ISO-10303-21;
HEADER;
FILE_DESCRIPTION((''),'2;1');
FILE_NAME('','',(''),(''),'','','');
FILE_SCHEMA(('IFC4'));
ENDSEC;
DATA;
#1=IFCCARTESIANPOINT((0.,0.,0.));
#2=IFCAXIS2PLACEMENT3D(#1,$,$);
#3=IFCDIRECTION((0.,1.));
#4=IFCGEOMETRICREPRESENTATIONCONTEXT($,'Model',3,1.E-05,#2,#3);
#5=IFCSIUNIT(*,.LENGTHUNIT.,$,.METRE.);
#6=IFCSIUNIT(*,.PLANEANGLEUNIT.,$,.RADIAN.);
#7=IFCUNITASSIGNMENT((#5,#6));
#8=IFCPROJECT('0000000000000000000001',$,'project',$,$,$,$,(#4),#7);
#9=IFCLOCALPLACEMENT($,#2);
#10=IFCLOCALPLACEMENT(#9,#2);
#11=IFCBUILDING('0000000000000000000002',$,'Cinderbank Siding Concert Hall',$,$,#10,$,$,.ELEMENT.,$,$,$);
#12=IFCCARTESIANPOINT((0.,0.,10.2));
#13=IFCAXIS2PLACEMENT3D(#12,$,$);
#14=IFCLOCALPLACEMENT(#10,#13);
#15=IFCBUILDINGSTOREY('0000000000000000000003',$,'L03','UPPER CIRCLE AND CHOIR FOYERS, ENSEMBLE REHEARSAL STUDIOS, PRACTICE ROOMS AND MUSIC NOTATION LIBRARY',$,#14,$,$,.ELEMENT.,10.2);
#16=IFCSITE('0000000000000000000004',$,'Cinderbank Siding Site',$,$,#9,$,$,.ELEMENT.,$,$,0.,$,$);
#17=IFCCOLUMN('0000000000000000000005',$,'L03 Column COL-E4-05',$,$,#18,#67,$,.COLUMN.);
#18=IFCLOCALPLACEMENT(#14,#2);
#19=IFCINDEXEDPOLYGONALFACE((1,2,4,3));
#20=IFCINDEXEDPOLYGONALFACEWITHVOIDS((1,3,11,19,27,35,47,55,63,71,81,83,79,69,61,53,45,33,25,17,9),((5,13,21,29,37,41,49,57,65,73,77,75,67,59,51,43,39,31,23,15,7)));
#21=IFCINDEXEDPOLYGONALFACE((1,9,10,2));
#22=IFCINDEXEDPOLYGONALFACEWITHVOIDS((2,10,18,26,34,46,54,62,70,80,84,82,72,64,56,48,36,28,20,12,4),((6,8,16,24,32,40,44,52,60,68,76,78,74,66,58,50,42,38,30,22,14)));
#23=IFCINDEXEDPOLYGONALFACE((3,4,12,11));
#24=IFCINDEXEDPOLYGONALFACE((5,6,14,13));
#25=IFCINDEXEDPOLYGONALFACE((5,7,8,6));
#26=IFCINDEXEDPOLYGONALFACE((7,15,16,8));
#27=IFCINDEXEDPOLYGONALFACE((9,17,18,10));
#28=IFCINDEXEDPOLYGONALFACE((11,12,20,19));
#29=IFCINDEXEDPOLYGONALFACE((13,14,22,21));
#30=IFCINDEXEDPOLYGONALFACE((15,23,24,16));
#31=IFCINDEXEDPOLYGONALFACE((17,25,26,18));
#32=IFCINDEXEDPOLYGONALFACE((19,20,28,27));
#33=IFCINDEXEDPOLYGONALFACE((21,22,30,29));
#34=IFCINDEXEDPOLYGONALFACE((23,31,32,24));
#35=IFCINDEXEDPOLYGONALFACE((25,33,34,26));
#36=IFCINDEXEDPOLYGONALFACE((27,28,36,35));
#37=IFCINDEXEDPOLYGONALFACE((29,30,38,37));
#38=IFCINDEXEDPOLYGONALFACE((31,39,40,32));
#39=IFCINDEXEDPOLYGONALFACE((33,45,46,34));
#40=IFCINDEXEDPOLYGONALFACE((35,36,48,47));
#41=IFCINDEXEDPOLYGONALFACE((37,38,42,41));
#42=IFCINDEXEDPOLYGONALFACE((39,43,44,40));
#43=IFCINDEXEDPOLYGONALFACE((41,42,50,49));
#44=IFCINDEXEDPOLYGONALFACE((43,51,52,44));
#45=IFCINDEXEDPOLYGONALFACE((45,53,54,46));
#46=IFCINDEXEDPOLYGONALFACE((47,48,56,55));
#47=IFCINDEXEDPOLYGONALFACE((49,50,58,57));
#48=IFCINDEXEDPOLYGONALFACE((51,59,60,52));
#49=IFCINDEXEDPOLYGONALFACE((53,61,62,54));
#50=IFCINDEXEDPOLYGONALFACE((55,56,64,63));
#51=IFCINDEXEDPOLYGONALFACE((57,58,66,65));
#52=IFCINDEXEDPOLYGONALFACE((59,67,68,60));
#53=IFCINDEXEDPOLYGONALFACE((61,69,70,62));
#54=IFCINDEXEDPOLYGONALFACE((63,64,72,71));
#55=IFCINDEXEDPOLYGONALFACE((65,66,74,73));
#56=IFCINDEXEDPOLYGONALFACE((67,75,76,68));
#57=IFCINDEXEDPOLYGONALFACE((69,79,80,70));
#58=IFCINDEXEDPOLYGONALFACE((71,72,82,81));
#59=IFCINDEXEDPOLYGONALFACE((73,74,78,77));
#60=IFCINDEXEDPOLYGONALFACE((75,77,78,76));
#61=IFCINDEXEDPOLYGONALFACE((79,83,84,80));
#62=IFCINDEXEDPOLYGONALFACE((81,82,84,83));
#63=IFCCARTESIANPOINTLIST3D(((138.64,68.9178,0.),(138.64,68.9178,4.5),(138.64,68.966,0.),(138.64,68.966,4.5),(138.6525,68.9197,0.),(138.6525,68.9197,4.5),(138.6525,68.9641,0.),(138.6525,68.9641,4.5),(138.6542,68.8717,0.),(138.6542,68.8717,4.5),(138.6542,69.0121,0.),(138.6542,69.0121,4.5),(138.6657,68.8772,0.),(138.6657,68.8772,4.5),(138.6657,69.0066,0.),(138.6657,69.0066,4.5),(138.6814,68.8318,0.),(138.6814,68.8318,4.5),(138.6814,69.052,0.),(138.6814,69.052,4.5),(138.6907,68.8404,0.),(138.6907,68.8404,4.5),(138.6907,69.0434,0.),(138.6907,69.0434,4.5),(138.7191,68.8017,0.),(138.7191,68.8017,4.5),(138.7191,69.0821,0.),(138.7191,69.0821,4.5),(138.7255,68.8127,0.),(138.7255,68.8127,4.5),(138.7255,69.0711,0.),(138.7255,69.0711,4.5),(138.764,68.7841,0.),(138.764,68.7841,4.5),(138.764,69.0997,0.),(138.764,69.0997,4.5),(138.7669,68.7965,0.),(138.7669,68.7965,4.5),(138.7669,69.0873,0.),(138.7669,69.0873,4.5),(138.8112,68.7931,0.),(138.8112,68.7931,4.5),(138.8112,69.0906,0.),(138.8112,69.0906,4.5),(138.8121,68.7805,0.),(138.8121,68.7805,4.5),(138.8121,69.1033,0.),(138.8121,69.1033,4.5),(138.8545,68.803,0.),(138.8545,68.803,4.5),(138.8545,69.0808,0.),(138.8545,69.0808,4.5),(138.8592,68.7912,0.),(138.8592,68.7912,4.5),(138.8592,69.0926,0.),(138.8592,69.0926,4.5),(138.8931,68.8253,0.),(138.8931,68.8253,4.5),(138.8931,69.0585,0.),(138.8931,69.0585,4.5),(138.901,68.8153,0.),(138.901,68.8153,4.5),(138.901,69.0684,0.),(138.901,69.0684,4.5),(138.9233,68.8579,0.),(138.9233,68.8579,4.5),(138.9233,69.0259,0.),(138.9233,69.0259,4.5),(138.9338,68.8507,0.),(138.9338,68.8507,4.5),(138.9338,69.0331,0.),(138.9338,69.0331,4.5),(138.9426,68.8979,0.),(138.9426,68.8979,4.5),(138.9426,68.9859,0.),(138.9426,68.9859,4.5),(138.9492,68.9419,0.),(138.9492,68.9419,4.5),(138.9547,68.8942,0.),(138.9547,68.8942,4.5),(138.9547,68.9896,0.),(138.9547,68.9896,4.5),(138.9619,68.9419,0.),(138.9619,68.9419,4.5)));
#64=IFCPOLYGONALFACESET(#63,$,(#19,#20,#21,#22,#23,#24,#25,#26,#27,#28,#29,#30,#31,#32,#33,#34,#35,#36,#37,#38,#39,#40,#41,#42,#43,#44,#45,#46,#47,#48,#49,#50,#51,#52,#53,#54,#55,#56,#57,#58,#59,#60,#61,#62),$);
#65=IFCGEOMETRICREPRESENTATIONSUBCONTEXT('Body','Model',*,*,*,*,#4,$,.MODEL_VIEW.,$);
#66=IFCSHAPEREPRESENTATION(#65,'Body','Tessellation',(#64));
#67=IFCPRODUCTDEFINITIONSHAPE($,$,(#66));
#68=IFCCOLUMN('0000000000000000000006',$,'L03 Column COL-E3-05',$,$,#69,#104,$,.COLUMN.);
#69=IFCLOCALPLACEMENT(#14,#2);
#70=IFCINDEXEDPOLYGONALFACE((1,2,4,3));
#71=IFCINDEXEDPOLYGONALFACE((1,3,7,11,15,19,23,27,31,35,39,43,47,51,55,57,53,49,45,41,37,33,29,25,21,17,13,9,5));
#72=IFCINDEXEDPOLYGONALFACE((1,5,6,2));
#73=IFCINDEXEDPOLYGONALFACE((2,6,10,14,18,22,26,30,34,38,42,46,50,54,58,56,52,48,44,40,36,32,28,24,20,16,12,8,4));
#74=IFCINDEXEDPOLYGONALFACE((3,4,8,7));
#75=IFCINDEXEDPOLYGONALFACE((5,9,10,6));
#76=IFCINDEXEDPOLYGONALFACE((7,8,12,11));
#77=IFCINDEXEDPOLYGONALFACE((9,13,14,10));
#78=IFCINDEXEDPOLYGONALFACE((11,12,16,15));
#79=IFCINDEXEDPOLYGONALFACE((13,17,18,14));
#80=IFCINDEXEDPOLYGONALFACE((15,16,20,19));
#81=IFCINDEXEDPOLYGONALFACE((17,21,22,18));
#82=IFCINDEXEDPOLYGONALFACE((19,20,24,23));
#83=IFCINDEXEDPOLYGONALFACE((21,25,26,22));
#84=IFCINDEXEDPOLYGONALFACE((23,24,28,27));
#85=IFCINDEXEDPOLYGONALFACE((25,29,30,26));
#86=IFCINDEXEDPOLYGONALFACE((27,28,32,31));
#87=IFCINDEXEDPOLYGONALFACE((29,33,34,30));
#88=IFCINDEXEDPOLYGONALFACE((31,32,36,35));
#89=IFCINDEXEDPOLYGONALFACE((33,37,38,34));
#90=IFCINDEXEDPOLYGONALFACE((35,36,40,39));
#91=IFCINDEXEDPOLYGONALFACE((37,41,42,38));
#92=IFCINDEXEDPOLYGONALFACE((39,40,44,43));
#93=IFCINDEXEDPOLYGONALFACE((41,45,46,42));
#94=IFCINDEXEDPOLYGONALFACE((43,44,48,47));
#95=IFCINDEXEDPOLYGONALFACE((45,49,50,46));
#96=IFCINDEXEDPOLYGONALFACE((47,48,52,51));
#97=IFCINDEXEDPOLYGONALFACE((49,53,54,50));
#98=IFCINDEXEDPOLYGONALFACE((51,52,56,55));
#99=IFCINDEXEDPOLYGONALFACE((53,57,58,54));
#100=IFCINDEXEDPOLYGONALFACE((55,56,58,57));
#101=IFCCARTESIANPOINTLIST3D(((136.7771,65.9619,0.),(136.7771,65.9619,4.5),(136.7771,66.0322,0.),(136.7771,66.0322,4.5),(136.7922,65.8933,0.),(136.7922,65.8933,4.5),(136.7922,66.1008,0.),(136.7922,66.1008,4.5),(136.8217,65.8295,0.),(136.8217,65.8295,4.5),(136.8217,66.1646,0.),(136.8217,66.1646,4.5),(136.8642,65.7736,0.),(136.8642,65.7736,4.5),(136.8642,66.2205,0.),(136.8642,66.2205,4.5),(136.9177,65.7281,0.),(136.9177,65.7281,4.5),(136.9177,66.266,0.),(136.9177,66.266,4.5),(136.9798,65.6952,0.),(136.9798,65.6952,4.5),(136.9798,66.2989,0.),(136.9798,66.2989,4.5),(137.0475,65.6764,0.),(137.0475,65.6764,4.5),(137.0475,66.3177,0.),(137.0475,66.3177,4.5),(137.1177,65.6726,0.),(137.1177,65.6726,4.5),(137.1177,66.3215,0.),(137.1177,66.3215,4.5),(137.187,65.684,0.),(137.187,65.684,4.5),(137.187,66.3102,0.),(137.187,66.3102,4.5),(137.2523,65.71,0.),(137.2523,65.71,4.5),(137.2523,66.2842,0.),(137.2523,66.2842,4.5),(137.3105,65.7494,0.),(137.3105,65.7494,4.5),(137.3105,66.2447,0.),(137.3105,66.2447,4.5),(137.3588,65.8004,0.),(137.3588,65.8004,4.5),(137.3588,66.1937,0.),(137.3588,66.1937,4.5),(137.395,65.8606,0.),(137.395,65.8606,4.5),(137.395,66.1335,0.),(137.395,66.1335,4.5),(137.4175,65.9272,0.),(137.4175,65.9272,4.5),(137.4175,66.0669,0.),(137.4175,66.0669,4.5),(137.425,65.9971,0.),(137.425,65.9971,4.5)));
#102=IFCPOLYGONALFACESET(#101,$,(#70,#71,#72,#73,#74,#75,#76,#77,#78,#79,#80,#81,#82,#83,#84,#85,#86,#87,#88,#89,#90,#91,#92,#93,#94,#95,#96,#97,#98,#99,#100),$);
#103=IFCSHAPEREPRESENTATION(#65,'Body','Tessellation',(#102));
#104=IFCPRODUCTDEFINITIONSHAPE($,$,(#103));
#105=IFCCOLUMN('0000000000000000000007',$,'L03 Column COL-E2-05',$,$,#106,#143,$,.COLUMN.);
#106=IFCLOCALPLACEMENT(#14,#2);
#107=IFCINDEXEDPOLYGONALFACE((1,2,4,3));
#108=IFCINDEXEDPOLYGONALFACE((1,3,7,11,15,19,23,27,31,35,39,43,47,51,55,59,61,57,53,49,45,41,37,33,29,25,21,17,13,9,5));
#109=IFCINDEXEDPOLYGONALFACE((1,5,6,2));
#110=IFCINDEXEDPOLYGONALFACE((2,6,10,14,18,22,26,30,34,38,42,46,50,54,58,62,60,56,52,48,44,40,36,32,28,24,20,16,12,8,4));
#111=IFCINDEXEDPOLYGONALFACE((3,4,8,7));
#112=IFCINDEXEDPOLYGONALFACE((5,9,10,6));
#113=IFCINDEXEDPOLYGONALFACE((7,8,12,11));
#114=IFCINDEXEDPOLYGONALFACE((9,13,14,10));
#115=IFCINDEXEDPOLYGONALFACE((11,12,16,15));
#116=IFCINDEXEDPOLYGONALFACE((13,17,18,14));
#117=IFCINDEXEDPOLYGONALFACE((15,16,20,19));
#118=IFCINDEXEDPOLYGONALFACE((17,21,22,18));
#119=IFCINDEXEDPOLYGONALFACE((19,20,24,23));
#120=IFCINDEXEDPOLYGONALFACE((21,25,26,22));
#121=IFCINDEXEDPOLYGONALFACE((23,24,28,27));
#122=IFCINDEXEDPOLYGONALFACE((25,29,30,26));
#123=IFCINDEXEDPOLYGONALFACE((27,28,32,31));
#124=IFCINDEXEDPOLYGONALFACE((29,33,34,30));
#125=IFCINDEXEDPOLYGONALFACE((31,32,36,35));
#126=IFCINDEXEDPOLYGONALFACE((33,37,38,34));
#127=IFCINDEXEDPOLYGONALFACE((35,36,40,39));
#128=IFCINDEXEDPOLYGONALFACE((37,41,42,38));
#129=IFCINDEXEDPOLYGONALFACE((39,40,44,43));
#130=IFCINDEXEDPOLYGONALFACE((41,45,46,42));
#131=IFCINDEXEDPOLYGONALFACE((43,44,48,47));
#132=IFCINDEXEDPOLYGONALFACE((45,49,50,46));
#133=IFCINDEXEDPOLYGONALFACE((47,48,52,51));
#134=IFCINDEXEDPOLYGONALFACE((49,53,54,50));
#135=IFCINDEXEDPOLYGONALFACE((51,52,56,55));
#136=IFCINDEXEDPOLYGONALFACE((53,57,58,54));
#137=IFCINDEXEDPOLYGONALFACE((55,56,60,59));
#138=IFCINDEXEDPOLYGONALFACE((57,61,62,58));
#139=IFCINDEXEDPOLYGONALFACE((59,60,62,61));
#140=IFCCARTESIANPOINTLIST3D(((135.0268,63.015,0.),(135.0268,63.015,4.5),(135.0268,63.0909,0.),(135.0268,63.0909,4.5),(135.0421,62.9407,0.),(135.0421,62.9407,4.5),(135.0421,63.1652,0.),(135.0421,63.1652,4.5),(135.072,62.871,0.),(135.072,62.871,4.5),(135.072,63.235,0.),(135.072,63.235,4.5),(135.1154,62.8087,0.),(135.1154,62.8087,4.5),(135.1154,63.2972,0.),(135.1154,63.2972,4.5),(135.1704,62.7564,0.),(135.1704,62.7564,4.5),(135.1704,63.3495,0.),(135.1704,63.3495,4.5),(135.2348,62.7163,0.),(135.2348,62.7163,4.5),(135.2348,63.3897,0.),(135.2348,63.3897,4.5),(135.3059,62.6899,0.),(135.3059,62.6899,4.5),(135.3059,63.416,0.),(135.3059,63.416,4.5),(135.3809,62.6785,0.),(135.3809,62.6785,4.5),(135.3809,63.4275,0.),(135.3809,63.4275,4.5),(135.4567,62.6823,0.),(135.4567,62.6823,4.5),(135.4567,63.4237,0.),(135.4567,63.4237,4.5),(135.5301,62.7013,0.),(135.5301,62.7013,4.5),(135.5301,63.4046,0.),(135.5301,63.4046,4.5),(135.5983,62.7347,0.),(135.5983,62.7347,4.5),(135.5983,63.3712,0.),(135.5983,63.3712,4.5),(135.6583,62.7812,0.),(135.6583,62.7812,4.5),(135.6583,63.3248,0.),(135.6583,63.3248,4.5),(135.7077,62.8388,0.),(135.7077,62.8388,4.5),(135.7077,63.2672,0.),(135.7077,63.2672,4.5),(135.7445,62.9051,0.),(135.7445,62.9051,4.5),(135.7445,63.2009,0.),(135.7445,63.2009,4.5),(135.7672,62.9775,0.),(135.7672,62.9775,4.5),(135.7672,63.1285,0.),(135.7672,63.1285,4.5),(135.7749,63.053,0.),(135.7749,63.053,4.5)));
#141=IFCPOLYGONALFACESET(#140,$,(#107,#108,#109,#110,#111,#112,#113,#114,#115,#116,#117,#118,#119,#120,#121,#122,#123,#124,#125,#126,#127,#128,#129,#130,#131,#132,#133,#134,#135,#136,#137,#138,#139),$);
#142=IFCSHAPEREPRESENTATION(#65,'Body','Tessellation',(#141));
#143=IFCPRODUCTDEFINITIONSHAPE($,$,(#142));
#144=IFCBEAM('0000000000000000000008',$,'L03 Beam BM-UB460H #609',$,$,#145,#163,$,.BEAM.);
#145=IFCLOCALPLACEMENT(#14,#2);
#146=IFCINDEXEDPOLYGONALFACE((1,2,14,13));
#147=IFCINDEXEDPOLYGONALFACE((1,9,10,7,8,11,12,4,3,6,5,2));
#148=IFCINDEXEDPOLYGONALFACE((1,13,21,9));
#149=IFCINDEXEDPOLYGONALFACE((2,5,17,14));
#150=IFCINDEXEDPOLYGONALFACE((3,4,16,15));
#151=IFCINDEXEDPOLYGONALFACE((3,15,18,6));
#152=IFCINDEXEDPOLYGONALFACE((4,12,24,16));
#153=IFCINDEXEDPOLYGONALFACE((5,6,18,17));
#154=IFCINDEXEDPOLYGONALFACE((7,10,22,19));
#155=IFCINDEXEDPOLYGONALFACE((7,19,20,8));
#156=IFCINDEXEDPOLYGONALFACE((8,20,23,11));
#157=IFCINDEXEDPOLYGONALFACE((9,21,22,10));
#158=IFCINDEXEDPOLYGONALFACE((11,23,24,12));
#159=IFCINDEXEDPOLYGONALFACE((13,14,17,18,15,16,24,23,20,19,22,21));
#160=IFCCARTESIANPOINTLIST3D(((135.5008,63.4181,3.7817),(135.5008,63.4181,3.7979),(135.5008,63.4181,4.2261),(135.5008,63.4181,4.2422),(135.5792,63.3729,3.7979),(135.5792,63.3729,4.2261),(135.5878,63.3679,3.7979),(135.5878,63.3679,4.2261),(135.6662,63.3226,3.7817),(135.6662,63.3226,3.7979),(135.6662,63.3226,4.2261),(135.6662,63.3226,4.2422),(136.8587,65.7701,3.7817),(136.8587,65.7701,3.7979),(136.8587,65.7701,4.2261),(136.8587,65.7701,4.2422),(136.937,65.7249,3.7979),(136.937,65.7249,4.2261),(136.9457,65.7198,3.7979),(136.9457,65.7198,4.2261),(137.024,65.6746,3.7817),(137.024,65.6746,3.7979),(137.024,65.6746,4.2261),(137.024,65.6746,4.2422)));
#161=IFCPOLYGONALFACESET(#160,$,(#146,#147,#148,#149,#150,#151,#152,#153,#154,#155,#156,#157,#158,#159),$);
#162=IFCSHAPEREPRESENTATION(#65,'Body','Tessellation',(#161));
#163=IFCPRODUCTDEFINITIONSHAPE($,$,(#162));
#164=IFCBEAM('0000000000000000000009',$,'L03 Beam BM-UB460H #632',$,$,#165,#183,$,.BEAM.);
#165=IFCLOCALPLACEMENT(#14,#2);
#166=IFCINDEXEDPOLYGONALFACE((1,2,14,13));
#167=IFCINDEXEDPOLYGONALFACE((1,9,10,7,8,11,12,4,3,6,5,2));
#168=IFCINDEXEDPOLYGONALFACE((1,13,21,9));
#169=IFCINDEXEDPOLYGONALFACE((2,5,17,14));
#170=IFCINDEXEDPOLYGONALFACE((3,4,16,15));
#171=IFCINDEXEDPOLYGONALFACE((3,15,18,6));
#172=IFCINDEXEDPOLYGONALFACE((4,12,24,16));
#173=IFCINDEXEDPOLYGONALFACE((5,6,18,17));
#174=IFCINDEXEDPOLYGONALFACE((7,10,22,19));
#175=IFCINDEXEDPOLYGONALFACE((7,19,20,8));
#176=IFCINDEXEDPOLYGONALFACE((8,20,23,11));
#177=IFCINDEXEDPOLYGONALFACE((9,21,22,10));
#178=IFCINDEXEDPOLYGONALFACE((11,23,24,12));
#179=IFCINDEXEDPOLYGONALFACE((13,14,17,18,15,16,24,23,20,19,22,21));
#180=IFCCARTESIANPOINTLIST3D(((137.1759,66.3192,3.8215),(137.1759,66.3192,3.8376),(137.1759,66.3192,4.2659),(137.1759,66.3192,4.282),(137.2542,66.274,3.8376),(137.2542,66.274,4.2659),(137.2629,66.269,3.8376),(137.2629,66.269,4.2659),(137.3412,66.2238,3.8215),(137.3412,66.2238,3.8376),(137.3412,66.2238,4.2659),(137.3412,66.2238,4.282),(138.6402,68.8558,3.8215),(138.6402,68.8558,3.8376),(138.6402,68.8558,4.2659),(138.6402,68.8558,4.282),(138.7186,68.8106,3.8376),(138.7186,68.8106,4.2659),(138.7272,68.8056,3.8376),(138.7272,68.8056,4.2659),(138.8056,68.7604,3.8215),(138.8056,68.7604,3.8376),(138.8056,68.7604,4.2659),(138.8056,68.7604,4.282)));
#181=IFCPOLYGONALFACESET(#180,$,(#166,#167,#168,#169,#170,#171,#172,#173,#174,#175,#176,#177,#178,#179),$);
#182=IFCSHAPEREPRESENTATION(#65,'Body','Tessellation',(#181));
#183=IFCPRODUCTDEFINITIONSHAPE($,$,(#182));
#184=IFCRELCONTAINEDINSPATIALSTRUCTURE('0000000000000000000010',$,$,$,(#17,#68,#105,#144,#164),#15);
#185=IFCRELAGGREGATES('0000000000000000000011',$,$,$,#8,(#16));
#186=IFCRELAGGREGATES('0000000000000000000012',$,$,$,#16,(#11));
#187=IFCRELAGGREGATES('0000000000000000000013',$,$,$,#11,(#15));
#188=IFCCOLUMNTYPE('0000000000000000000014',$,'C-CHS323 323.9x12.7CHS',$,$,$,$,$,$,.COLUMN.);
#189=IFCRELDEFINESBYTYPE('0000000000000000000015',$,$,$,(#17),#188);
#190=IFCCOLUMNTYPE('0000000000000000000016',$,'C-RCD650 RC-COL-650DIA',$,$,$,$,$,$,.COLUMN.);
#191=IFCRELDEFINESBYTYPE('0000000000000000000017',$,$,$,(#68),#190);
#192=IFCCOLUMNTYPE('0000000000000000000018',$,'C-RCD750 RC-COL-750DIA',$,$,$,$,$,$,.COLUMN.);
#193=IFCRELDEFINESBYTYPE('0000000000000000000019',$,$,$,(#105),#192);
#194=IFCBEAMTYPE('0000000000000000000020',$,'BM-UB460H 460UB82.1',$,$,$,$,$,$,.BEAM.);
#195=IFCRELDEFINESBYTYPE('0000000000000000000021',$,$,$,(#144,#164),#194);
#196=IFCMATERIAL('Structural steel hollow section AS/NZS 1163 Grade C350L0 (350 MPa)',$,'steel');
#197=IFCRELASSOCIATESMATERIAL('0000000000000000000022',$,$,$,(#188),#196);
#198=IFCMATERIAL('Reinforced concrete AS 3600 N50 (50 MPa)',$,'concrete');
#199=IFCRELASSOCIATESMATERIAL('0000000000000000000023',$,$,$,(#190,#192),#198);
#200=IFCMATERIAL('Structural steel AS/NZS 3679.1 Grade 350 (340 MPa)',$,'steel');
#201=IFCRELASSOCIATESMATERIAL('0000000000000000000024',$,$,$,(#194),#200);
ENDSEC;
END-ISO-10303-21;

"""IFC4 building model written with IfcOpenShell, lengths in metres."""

from ifc_helpers import new_model, si_unit, direction, frame, origin, origin_2d, place, context, subcontext, project, spatial, circle, hollow_circle, i_section, extrude, material, material_profile, profile_set, type_object, element, save


model = new_model("IFC4")

# Units and contexts
model_context = context("Model", 3, precision=1e-05, world=origin(), true_north=direction((0.0, 1.0)))
body_context = subcontext(model_context, "Body", "Model", "MODEL_VIEW")
ifc_project = project(units=[si_unit("LENGTHUNIT", "METRE"), si_unit("PLANEANGLEUNIT", "RADIAN")], contexts=[model_context])

# Site, building, storey
site_placement = place(None, origin())
site = spatial("IfcSite", under=ifc_project, at=site_placement, Name="Cinderbank Siding Site", CompositionType="ELEMENT", RefElevation=0.0)
building_placement = place(site_placement, origin())
building = spatial("IfcBuilding", under=site, at=building_placement, Name="Cinderbank Siding Concert Hall", CompositionType="ELEMENT")
storey_placement = place(building_placement, frame((0.0, 0.0, 10.2)))
storey = spatial("IfcBuildingStorey", under=building, at=storey_placement, Name="L03", Description="UPPER CIRCLE AND CHOIR FOYERS, ENSEMBLE REHEARSAL STUDIOS, PRACTICE ROOMS AND MUSIC NOTATION LIBRARY", CompositionType="ELEMENT", Elevation=10.2)

# Columns
ifc_material_1 = material(Name="Structural steel hollow section AS/NZS 1163 Grade C350L0 (350 MPa)", Category="steel")
ifc_material_profile_1 = material_profile(ifc_material_1, hollow_circle(Radius=0.1619, WallThickness=0.0127, at=origin_2d()), Name="323.9x12.7CHS", Category="LoadBearing")
ifc_profile_set_1 = profile_set([ifc_material_profile_1], Name="Structural steel hollow section AS/NZS 1163 Grade C350L0 (350 MPa)")
column_type_1 = type_object("IfcColumnType", Name="C-CHS323 323.9x12.7CHS", PredefinedType="COLUMN", material=ifc_profile_set_1)
column_1_placement = place(storey_placement, frame((138.8, 68.9419, 0.0), z_axis=(0.0, 0.0, 1.0), x_axis=(1.0, 0.0, 0.0)))
element("IfcColumn", 1, at=column_1_placement, inside=storey, type_object=column_type_1, Name="L03 Column COL-E4-05", PredefinedType="COLUMN", context=body_context, shape_type="SweptSolid", body=[
    extrude(hollow_circle(Radius=0.1619, WallThickness=0.0127, at=origin_2d()), origin(), (0.0, 0.0, 1.0), 4.5),
])
ifc_material_2 = material(Name="Reinforced concrete AS 3600 N50 (50 MPa)", Category="concrete")
ifc_material_profile_2 = material_profile(ifc_material_2, circle(Radius=0.325, at=origin_2d()), Name="RC-COL-650DIA", Category="LoadBearing")
ifc_profile_set_2 = profile_set([ifc_material_profile_2], Name="Reinforced concrete AS 3600 N50 (50 MPa)")
column_type_2 = type_object("IfcColumnType", Name="C-RCD650 RC-COL-650DIA", PredefinedType="COLUMN", material=ifc_profile_set_2)
column_2_placement = place(storey_placement, frame((137.1001, 65.9971, 0.0), z_axis=(0.0, 0.0, 1.0), x_axis=(1.0, 0.0, 0.0)))
element("IfcColumn", 2, at=column_2_placement, inside=storey, type_object=column_type_2, Name="L03 Column COL-E3-05", PredefinedType="COLUMN", context=body_context, shape_type="SweptSolid", body=[
    extrude(circle(Radius=0.325, at=origin_2d()), origin(), (0.0, 0.0, 1.0), 4.5),
])
ifc_material_profile_3 = material_profile(ifc_material_2, circle(Radius=0.375, at=origin_2d()), Name="RC-COL-750DIA", Category="LoadBearing")
ifc_profile_set_3 = profile_set([ifc_material_profile_3], Name="Reinforced concrete AS 3600 N50 (50 MPa)")
column_type_3 = type_object("IfcColumnType", Name="C-RCD750 RC-COL-750DIA", PredefinedType="COLUMN", material=ifc_profile_set_3)
column_3_placement = place(storey_placement, frame((135.3999, 63.053, 0.0), z_axis=(0.0, 0.0, 1.0), x_axis=(1.0, 0.0, 0.0)))
element("IfcColumn", 3, at=column_3_placement, inside=storey, type_object=column_type_3, Name="L03 Column COL-E2-05", PredefinedType="COLUMN", context=body_context, shape_type="SweptSolid", body=[
    extrude(circle(Radius=0.375, at=origin_2d()), origin(), (0.0, 0.0, 1.0), 4.5),
])

# Beams
ifc_material_3 = material(Name="Structural steel AS/NZS 3679.1 Grade 350 (340 MPa)", Category="steel")
ifc_material_profile_4 = material_profile(ifc_material_3, i_section(OverallWidth=0.1909, OverallDepth=0.4604, WebThickness=0.01, FlangeThickness=0.0161, at=origin_2d()), Name="460UB82.1", Category="LoadBearing")
ifc_profile_set_4 = profile_set([ifc_material_profile_4], Name="Structural steel AS/NZS 3679.1 Grade 350 (340 MPa)")
beam_type_1 = type_object("IfcBeamType", Name="BM-UB460H 460UB82.1", PredefinedType="BEAM", material=ifc_profile_set_4)
beam_1_placement = place(storey_placement, frame((135.5835, 63.3704, 4.012), z_axis=(0.499987, 0.866033, 0.0), x_axis=(-0.866033, 0.499987, 0.0)))
element("IfcBeam", 4, at=beam_1_placement, inside=storey, type_object=beam_type_1, Name="L03 Beam BM-UB460H #609", PredefinedType="BEAM", context=body_context, shape_type="SweptSolid", body=[
    extrude(i_section(OverallWidth=0.1909, OverallDepth=0.4604, WebThickness=0.01, FlangeThickness=0.0161, at=origin_2d()), origin(), (0.0, 0.0, 1.0), 2.7158),
])
beam_2_placement = place(storey_placement, frame((137.2585, 66.2715, 4.0518), z_axis=(0.499958, 0.86605, 0.0), x_axis=(-0.86605, 0.499958, 0.0)))
element("IfcBeam", 5, at=beam_2_placement, inside=storey, type_object=beam_type_1, Name="L03 Beam BM-UB460H #632", PredefinedType="BEAM", context=body_context, shape_type="SweptSolid", body=[
    extrude(i_section(OverallWidth=0.1909, OverallDepth=0.4604, WebThickness=0.01, FlangeThickness=0.0161, at=origin_2d()), origin(), (0.0, 0.0, 1.0), 2.929),
])

save(model, "model.ifc")
